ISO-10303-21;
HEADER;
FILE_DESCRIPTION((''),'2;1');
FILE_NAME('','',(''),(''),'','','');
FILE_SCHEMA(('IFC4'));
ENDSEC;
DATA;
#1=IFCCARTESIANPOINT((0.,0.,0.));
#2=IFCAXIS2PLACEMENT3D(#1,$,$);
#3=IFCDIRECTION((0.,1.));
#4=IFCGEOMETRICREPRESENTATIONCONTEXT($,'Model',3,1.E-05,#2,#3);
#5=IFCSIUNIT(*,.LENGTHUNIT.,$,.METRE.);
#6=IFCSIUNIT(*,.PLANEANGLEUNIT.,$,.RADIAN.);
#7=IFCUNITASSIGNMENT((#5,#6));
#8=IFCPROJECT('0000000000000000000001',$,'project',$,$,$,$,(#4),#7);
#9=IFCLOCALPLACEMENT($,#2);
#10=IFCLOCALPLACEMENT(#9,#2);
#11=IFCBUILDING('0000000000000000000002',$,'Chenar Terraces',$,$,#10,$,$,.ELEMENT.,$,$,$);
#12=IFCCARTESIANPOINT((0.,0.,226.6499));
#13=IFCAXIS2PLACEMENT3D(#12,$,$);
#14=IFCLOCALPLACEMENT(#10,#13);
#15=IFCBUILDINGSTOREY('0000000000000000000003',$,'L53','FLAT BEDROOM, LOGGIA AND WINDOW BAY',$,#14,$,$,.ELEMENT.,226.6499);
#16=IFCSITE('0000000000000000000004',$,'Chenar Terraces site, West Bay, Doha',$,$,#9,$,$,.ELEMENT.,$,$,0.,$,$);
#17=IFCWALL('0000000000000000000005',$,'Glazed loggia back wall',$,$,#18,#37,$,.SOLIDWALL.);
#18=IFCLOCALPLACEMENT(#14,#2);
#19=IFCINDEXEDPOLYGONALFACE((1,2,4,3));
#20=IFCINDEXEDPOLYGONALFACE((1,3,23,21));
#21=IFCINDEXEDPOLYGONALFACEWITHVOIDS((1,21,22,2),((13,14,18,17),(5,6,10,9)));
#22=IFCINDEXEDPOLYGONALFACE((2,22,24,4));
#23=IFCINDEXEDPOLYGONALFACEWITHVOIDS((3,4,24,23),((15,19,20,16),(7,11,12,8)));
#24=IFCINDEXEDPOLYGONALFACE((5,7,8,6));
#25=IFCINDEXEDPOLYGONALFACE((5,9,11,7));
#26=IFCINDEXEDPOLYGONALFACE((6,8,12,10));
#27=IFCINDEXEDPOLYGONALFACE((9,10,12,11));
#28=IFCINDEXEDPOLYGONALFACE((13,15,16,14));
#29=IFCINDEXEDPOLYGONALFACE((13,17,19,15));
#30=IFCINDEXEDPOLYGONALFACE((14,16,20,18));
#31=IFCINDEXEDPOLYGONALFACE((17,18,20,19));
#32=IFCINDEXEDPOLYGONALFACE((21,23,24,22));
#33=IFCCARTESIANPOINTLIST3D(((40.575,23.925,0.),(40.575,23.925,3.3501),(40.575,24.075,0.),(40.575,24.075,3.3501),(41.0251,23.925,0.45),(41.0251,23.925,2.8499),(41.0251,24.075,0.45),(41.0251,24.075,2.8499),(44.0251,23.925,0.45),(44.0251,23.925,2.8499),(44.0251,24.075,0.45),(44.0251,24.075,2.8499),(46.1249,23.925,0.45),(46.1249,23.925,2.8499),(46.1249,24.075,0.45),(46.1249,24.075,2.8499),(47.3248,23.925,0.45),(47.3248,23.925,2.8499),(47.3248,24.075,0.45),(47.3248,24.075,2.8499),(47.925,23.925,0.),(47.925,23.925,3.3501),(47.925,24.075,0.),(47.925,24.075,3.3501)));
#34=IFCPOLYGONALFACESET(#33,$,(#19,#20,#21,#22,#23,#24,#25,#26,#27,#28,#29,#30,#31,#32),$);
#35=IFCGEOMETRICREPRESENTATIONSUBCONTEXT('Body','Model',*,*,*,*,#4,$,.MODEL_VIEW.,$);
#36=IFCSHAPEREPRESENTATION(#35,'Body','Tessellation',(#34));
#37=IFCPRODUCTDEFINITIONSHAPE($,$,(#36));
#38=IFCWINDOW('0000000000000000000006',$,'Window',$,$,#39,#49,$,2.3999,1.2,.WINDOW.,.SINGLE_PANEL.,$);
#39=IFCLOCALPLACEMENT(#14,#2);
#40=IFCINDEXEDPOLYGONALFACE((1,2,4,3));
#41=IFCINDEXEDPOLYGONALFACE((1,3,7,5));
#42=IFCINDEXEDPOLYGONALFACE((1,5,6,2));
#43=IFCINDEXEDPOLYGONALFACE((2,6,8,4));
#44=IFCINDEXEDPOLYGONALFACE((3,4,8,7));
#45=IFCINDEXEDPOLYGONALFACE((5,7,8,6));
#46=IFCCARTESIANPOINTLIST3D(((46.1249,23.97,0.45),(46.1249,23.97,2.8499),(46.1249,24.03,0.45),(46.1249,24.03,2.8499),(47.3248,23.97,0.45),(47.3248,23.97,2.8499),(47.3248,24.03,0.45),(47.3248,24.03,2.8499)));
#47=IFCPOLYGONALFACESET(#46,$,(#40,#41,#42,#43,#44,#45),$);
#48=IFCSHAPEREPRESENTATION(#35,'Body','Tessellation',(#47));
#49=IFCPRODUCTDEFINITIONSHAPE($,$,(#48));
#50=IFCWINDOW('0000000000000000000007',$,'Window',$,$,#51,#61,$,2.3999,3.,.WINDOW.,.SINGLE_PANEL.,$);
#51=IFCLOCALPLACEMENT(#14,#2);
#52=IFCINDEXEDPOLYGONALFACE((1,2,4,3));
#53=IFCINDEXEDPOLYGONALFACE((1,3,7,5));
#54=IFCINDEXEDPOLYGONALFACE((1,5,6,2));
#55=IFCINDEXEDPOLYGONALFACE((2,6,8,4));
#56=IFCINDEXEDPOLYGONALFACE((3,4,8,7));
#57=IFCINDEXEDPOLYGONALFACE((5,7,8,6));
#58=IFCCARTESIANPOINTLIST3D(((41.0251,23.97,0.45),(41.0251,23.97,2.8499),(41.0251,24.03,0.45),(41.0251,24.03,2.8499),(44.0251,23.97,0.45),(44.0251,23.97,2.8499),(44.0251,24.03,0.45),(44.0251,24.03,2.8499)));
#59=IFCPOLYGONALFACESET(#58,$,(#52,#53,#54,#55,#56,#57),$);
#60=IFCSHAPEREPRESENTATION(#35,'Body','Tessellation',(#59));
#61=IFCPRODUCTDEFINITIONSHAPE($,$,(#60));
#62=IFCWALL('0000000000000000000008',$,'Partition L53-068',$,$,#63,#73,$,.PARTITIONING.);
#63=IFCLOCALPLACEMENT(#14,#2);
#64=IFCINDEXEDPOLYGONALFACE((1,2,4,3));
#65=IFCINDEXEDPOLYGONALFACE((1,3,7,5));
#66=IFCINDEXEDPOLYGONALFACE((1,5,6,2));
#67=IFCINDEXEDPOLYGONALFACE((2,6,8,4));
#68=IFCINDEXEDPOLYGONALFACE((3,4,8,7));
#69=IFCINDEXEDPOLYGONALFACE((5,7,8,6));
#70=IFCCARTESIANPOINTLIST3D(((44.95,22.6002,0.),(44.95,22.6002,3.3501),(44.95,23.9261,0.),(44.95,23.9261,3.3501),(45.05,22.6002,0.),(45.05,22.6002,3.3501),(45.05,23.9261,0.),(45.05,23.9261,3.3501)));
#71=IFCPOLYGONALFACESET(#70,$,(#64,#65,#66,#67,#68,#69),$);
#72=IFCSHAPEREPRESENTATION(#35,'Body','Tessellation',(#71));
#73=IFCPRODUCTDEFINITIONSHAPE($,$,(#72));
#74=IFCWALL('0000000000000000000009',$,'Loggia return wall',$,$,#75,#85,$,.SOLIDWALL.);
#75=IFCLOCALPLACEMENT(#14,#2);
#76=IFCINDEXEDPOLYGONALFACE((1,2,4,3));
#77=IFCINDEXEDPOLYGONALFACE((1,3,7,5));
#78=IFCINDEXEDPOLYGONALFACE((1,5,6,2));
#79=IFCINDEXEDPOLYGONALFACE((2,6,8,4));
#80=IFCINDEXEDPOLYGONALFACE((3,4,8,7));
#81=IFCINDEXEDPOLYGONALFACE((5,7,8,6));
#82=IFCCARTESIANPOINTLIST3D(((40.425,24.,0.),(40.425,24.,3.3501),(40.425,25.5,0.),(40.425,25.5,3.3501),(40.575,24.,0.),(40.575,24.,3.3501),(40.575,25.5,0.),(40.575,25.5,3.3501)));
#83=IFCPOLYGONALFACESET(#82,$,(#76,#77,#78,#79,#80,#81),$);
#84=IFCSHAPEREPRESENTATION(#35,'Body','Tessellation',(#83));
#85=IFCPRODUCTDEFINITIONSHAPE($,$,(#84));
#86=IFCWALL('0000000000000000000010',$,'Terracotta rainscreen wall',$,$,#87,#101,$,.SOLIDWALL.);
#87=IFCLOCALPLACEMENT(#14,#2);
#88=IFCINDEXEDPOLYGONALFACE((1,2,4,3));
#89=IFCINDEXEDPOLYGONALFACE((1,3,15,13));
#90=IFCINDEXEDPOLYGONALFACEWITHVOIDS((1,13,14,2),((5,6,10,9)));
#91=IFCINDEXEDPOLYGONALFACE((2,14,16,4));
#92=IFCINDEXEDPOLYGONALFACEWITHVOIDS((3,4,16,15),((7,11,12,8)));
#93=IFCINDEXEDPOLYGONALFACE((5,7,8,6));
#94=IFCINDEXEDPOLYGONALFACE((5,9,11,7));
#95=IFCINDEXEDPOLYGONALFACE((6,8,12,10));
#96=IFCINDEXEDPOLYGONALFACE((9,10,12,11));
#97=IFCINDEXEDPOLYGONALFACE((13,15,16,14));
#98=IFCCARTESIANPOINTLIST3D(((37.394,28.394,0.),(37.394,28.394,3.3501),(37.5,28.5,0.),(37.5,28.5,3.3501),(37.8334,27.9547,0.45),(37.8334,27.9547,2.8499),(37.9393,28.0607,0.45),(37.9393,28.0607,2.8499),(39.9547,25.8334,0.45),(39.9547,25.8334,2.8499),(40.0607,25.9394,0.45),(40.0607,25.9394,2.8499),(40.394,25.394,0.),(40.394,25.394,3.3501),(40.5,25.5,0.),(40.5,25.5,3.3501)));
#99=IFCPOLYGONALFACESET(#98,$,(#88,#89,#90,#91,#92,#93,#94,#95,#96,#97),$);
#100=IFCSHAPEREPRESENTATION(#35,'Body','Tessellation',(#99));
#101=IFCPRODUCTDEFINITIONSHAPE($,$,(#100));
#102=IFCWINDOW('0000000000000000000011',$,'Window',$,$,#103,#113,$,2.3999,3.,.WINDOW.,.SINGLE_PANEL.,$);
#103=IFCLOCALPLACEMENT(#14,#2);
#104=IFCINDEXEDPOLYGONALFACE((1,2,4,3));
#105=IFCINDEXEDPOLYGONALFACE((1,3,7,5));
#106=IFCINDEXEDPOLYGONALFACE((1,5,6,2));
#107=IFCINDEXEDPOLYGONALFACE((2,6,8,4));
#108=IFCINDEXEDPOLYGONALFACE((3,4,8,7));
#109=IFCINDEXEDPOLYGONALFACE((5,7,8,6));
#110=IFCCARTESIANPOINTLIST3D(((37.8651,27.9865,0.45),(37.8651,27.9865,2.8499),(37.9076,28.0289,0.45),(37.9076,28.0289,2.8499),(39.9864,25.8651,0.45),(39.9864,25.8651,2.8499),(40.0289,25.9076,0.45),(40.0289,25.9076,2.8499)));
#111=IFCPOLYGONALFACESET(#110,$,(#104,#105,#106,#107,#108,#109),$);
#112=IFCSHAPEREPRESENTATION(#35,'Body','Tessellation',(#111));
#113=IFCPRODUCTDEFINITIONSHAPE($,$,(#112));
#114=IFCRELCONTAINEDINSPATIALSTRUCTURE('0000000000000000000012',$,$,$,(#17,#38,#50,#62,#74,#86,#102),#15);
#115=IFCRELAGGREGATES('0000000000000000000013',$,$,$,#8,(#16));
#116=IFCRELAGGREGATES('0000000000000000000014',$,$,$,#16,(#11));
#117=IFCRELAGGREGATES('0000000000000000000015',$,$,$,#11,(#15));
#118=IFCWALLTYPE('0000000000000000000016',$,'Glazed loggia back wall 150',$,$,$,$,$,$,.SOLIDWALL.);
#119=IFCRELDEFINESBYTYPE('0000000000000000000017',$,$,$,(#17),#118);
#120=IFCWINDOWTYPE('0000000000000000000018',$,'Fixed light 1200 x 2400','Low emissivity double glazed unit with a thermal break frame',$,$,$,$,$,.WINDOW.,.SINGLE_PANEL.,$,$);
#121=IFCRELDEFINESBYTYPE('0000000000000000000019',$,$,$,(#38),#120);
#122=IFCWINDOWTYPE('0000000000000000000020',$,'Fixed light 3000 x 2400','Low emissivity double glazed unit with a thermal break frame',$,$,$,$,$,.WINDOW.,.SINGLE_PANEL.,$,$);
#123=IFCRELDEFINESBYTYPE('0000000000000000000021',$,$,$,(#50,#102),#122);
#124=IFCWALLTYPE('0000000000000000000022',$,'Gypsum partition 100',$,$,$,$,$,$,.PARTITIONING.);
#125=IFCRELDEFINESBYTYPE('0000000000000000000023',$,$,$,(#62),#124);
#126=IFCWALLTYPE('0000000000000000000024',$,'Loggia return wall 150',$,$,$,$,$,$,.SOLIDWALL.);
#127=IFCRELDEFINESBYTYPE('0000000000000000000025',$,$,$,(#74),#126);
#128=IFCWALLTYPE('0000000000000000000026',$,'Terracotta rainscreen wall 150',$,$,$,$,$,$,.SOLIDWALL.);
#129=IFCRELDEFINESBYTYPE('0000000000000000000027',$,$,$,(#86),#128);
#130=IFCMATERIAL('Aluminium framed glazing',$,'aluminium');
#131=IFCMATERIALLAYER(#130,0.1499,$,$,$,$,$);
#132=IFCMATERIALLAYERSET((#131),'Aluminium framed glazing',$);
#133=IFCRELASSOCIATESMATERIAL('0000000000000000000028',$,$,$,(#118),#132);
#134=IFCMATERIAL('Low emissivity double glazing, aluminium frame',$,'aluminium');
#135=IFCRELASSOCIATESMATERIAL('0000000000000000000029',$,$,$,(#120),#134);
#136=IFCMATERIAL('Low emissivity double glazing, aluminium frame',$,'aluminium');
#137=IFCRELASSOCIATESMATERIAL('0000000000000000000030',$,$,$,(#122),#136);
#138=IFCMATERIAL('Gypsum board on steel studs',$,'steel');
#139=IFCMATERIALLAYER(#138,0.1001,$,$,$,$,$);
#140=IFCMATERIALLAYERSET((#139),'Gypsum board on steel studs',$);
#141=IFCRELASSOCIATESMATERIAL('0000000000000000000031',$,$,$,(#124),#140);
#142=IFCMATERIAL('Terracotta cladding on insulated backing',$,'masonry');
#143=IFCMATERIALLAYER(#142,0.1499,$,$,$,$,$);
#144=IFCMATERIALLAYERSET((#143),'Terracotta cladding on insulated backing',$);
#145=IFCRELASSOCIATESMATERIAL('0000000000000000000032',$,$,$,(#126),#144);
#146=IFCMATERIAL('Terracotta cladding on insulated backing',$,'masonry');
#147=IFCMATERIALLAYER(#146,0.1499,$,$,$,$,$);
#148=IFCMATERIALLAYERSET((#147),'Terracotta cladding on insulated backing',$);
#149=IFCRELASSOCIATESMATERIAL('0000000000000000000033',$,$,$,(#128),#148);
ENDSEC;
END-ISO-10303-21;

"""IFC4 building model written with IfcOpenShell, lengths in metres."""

from ifc_helpers import new_model, si_unit, direction, frame, frame_2d, origin, place, context, subcontext, project, spatial, rectangle, extrude, material, layer, layer_set, type_object, element, fill, save


model = new_model("IFC4")

# Units and contexts
model_context = context("Model", 3, precision=1e-05, world=origin(), true_north=direction((0.0, 1.0)))
body_context = subcontext(model_context, "Body", "Model", "MODEL_VIEW")
ifc_project = project(units=[si_unit("LENGTHUNIT", "METRE"), si_unit("PLANEANGLEUNIT", "RADIAN")], contexts=[model_context])

# Site, building, storey
site_placement = place(None, origin())
site = spatial("IfcSite", under=ifc_project, at=site_placement, Name="Chenar Terraces site, West Bay, Doha", CompositionType="ELEMENT", RefElevation=0.0)
building_placement = place(site_placement, origin())
building = spatial("IfcBuilding", under=site, at=building_placement, Name="Chenar Terraces", CompositionType="ELEMENT")
storey_placement = place(building_placement, frame((0.0, 0.0, 226.6499)))
storey = spatial("IfcBuildingStorey", under=building, at=storey_placement, Name="L53", Description="FLAT BEDROOM, LOGGIA AND WINDOW BAY", CompositionType="ELEMENT", Elevation=226.6499)

# Wall, openings, windows
ifc_material_1 = material(Name="Aluminium framed glazing", Category="aluminium")
ifc_layer_1 = layer(ifc_material_1, 0.1499)
ifc_layer_set_1 = layer_set([ifc_layer_1], Name="Aluminium framed glazing")
wall_type_1 = type_object("IfcWallType", Name="Glazed loggia back wall 150", PredefinedType="SOLIDWALL", material=ifc_layer_set_1)
wall_1_placement = place(storey_placement, frame((47.925, 24.0, 0.0), z_axis=(0.0, 0.0, 1.0), x_axis=(-1.0, 0.0, 0.0)))
wall_1 = element("IfcWall", 1, at=wall_1_placement, inside=storey, type_object=wall_type_1, Name="Glazed loggia back wall", PredefinedType="SOLIDWALL", context=body_context, shape_type="SweptSolid", body=[
    extrude(rectangle(XDim=7.3501, YDim=0.1499, at=frame_2d((3.675, 0.0))), origin(), (0.0, 0.0, 1.0), 3.3501),
])
opening_1_placement = place(wall_1_placement, frame((0.6001, 0.0, 0.45)))
opening_1 = element("IfcOpeningElement", 2, at=opening_1_placement, cuts=wall_1, PredefinedType="OPENING", context=body_context, shape_type="SweptSolid", body=[
    extrude(rectangle(XDim=1.2, YDim=2.3999, at=frame_2d((0.6001, 1.2))), frame((0.0, 0.085, 0.0), z_axis=(0.0, -1.0, 0.0), x_axis=(1.0, 0.0, 0.0)), (0.0, 0.0, 1.0), 0.1699),
])
opening_2_placement = place(wall_1_placement, frame((3.8999, 0.0, 0.45)))
opening_2 = element("IfcOpeningElement", 3, at=opening_2_placement, cuts=wall_1, PredefinedType="OPENING", context=body_context, shape_type="SweptSolid", body=[
    extrude(rectangle(XDim=3.0, YDim=2.3999, at=frame_2d((1.5, 1.2))), frame((0.0, 0.085, 0.0), z_axis=(0.0, -1.0, 0.0), x_axis=(1.0, 0.0, 0.0)), (0.0, 0.0, 1.0), 0.1699),
])
ifc_material_2 = material(Name="Low emissivity double glazing, aluminium frame", Category="aluminium")
window_type_1 = type_object("IfcWindowType", Name="Fixed light 1200 x 2400", Description="Low emissivity double glazed unit with a thermal break frame", PartitioningType="SINGLE_PANEL", PredefinedType="WINDOW", material=ifc_material_2)
window_1_placement = place(opening_1_placement, origin())
window_1 = element("IfcWindow", 4, at=window_1_placement, inside=storey, type_object=window_type_1, Name="Window", OverallHeight=2.3999, OverallWidth=1.2, PartitioningType="SINGLE_PANEL", PredefinedType="WINDOW", context=body_context, shape_type="SweptSolid", body=[
    extrude(rectangle(XDim=1.2, YDim=2.3999, at=frame_2d((0.6001, 1.2))), frame((0.0, 0.03, 0.0), z_axis=(0.0, -1.0, 0.0), x_axis=(1.0, 0.0, 0.0)), (0.0, 0.0, 1.0), 0.0601),
])
fill(opening_1, window_1)
ifc_material_3 = material(Name="Low emissivity double glazing, aluminium frame", Category="aluminium")
window_type_2 = type_object("IfcWindowType", Name="Fixed light 3000 x 2400", Description="Low emissivity double glazed unit with a thermal break frame", PartitioningType="SINGLE_PANEL", PredefinedType="WINDOW", material=ifc_material_3)
window_2_placement = place(opening_2_placement, origin())
window_2 = element("IfcWindow", 5, at=window_2_placement, inside=storey, type_object=window_type_2, Name="Window", OverallHeight=2.3999, OverallWidth=3.0, PartitioningType="SINGLE_PANEL", PredefinedType="WINDOW", context=body_context, shape_type="SweptSolid", body=[
    extrude(rectangle(XDim=3.0, YDim=2.3999, at=frame_2d((1.5, 1.2))), frame((0.0, 0.03, 0.0), z_axis=(0.0, -1.0, 0.0), x_axis=(1.0, 0.0, 0.0)), (0.0, 0.0, 1.0), 0.0601),
])
fill(opening_2, window_2)

# Walls
ifc_material_4 = material(Name="Gypsum board on steel studs", Category="steel")
ifc_layer_2 = layer(ifc_material_4, 0.1001)
ifc_layer_set_2 = layer_set([ifc_layer_2], Name="Gypsum board on steel studs")
wall_type_2 = type_object("IfcWallType", Name="Gypsum partition 100", PredefinedType="PARTITIONING", material=ifc_layer_set_2)
wall_2_placement = place(storey_placement, frame((45.0, 22.6001, 0.0), z_axis=(0.0, 0.0, 1.0), x_axis=(0.0, 1.0, 0.0)))
element("IfcWall", 6, at=wall_2_placement, inside=storey, type_object=wall_type_2, Name="Partition L53-068", PredefinedType="PARTITIONING", context=body_context, shape_type="SweptSolid", body=[
    extrude(rectangle(XDim=1.3259, YDim=0.1001, at=frame_2d((0.6631, 0.0))), origin(), (0.0, 0.0, 1.0), 3.3501),
])
ifc_material_5 = material(Name="Terracotta cladding on insulated backing", Category="masonry")
ifc_layer_3 = layer(ifc_material_5, 0.1499)
ifc_layer_set_3 = layer_set([ifc_layer_3], Name="Terracotta cladding on insulated backing")
wall_type_3 = type_object("IfcWallType", Name="Loggia return wall 150", PredefinedType="SOLIDWALL", material=ifc_layer_set_3)
wall_3_placement = place(storey_placement, frame((40.5, 25.5, 0.0), z_axis=(0.0, 0.0, 1.0), x_axis=(0.0, -1.0, 0.0)))
element("IfcWall", 7, at=wall_3_placement, inside=storey, type_object=wall_type_3, Name="Loggia return wall", PredefinedType="SOLIDWALL", context=body_context, shape_type="SweptSolid", body=[
    extrude(rectangle(XDim=1.5, YDim=0.1499, at=frame_2d((0.75, 0.0))), origin(), (0.0, 0.0, 1.0), 3.3501),
])

# Wall, opening, window
ifc_material_6 = material(Name="Terracotta cladding on insulated backing", Category="masonry")
ifc_layer_4 = layer(ifc_material_6, 0.1499)
ifc_layer_set_4 = layer_set([ifc_layer_4], Name="Terracotta cladding on insulated backing")
wall_type_4 = type_object("IfcWallType", Name="Terracotta rainscreen wall 150", PredefinedType="SOLIDWALL", material=ifc_layer_set_4)
wall_4_placement = place(storey_placement, frame((40.447, 25.447, 0.0), z_axis=(0.0, 0.0, 1.0), x_axis=(-0.707107, 0.707107, 0.0)))
wall_4 = element("IfcWall", 8, at=wall_4_placement, inside=storey, type_object=wall_type_4, Name="Terracotta rainscreen wall", PredefinedType="SOLIDWALL", context=body_context, shape_type="SweptSolid", body=[
    extrude(rectangle(XDim=4.2427, YDim=0.1499, at=frame_2d((2.1213, 0.0))), origin(), (0.0, 0.0, 1.0), 3.3501),
])
opening_3_placement = place(wall_4_placement, frame((0.6213, 0.0, 0.45)))
opening_3 = element("IfcOpeningElement", 9, at=opening_3_placement, cuts=wall_4, PredefinedType="OPENING", context=body_context, shape_type="SweptSolid", body=[
    extrude(rectangle(XDim=3.0, YDim=2.3999, at=frame_2d((1.5, 1.2))), frame((0.0, 0.085, 0.0), z_axis=(0.0, -1.0, 0.0), x_axis=(1.0, 0.0, 0.0)), (0.0, 0.0, 1.0), 0.1699),
])
window_3_placement = place(opening_3_placement, origin())
window_3 = element("IfcWindow", 10, at=window_3_placement, inside=storey, type_object=window_type_2, Name="Window", OverallHeight=2.3999, OverallWidth=3.0, PartitioningType="SINGLE_PANEL", PredefinedType="WINDOW", context=body_context, shape_type="SweptSolid", body=[
    extrude(rectangle(XDim=3.0, YDim=2.3999, at=frame_2d((1.5, 1.2))), frame((0.0, 0.03, 0.0), z_axis=(0.0, -1.0, 0.0), x_axis=(1.0, 0.0, 0.0)), (0.0, 0.0, 1.0), 0.0601),
])
fill(opening_3, window_3)

save(model, "model.ifc")
